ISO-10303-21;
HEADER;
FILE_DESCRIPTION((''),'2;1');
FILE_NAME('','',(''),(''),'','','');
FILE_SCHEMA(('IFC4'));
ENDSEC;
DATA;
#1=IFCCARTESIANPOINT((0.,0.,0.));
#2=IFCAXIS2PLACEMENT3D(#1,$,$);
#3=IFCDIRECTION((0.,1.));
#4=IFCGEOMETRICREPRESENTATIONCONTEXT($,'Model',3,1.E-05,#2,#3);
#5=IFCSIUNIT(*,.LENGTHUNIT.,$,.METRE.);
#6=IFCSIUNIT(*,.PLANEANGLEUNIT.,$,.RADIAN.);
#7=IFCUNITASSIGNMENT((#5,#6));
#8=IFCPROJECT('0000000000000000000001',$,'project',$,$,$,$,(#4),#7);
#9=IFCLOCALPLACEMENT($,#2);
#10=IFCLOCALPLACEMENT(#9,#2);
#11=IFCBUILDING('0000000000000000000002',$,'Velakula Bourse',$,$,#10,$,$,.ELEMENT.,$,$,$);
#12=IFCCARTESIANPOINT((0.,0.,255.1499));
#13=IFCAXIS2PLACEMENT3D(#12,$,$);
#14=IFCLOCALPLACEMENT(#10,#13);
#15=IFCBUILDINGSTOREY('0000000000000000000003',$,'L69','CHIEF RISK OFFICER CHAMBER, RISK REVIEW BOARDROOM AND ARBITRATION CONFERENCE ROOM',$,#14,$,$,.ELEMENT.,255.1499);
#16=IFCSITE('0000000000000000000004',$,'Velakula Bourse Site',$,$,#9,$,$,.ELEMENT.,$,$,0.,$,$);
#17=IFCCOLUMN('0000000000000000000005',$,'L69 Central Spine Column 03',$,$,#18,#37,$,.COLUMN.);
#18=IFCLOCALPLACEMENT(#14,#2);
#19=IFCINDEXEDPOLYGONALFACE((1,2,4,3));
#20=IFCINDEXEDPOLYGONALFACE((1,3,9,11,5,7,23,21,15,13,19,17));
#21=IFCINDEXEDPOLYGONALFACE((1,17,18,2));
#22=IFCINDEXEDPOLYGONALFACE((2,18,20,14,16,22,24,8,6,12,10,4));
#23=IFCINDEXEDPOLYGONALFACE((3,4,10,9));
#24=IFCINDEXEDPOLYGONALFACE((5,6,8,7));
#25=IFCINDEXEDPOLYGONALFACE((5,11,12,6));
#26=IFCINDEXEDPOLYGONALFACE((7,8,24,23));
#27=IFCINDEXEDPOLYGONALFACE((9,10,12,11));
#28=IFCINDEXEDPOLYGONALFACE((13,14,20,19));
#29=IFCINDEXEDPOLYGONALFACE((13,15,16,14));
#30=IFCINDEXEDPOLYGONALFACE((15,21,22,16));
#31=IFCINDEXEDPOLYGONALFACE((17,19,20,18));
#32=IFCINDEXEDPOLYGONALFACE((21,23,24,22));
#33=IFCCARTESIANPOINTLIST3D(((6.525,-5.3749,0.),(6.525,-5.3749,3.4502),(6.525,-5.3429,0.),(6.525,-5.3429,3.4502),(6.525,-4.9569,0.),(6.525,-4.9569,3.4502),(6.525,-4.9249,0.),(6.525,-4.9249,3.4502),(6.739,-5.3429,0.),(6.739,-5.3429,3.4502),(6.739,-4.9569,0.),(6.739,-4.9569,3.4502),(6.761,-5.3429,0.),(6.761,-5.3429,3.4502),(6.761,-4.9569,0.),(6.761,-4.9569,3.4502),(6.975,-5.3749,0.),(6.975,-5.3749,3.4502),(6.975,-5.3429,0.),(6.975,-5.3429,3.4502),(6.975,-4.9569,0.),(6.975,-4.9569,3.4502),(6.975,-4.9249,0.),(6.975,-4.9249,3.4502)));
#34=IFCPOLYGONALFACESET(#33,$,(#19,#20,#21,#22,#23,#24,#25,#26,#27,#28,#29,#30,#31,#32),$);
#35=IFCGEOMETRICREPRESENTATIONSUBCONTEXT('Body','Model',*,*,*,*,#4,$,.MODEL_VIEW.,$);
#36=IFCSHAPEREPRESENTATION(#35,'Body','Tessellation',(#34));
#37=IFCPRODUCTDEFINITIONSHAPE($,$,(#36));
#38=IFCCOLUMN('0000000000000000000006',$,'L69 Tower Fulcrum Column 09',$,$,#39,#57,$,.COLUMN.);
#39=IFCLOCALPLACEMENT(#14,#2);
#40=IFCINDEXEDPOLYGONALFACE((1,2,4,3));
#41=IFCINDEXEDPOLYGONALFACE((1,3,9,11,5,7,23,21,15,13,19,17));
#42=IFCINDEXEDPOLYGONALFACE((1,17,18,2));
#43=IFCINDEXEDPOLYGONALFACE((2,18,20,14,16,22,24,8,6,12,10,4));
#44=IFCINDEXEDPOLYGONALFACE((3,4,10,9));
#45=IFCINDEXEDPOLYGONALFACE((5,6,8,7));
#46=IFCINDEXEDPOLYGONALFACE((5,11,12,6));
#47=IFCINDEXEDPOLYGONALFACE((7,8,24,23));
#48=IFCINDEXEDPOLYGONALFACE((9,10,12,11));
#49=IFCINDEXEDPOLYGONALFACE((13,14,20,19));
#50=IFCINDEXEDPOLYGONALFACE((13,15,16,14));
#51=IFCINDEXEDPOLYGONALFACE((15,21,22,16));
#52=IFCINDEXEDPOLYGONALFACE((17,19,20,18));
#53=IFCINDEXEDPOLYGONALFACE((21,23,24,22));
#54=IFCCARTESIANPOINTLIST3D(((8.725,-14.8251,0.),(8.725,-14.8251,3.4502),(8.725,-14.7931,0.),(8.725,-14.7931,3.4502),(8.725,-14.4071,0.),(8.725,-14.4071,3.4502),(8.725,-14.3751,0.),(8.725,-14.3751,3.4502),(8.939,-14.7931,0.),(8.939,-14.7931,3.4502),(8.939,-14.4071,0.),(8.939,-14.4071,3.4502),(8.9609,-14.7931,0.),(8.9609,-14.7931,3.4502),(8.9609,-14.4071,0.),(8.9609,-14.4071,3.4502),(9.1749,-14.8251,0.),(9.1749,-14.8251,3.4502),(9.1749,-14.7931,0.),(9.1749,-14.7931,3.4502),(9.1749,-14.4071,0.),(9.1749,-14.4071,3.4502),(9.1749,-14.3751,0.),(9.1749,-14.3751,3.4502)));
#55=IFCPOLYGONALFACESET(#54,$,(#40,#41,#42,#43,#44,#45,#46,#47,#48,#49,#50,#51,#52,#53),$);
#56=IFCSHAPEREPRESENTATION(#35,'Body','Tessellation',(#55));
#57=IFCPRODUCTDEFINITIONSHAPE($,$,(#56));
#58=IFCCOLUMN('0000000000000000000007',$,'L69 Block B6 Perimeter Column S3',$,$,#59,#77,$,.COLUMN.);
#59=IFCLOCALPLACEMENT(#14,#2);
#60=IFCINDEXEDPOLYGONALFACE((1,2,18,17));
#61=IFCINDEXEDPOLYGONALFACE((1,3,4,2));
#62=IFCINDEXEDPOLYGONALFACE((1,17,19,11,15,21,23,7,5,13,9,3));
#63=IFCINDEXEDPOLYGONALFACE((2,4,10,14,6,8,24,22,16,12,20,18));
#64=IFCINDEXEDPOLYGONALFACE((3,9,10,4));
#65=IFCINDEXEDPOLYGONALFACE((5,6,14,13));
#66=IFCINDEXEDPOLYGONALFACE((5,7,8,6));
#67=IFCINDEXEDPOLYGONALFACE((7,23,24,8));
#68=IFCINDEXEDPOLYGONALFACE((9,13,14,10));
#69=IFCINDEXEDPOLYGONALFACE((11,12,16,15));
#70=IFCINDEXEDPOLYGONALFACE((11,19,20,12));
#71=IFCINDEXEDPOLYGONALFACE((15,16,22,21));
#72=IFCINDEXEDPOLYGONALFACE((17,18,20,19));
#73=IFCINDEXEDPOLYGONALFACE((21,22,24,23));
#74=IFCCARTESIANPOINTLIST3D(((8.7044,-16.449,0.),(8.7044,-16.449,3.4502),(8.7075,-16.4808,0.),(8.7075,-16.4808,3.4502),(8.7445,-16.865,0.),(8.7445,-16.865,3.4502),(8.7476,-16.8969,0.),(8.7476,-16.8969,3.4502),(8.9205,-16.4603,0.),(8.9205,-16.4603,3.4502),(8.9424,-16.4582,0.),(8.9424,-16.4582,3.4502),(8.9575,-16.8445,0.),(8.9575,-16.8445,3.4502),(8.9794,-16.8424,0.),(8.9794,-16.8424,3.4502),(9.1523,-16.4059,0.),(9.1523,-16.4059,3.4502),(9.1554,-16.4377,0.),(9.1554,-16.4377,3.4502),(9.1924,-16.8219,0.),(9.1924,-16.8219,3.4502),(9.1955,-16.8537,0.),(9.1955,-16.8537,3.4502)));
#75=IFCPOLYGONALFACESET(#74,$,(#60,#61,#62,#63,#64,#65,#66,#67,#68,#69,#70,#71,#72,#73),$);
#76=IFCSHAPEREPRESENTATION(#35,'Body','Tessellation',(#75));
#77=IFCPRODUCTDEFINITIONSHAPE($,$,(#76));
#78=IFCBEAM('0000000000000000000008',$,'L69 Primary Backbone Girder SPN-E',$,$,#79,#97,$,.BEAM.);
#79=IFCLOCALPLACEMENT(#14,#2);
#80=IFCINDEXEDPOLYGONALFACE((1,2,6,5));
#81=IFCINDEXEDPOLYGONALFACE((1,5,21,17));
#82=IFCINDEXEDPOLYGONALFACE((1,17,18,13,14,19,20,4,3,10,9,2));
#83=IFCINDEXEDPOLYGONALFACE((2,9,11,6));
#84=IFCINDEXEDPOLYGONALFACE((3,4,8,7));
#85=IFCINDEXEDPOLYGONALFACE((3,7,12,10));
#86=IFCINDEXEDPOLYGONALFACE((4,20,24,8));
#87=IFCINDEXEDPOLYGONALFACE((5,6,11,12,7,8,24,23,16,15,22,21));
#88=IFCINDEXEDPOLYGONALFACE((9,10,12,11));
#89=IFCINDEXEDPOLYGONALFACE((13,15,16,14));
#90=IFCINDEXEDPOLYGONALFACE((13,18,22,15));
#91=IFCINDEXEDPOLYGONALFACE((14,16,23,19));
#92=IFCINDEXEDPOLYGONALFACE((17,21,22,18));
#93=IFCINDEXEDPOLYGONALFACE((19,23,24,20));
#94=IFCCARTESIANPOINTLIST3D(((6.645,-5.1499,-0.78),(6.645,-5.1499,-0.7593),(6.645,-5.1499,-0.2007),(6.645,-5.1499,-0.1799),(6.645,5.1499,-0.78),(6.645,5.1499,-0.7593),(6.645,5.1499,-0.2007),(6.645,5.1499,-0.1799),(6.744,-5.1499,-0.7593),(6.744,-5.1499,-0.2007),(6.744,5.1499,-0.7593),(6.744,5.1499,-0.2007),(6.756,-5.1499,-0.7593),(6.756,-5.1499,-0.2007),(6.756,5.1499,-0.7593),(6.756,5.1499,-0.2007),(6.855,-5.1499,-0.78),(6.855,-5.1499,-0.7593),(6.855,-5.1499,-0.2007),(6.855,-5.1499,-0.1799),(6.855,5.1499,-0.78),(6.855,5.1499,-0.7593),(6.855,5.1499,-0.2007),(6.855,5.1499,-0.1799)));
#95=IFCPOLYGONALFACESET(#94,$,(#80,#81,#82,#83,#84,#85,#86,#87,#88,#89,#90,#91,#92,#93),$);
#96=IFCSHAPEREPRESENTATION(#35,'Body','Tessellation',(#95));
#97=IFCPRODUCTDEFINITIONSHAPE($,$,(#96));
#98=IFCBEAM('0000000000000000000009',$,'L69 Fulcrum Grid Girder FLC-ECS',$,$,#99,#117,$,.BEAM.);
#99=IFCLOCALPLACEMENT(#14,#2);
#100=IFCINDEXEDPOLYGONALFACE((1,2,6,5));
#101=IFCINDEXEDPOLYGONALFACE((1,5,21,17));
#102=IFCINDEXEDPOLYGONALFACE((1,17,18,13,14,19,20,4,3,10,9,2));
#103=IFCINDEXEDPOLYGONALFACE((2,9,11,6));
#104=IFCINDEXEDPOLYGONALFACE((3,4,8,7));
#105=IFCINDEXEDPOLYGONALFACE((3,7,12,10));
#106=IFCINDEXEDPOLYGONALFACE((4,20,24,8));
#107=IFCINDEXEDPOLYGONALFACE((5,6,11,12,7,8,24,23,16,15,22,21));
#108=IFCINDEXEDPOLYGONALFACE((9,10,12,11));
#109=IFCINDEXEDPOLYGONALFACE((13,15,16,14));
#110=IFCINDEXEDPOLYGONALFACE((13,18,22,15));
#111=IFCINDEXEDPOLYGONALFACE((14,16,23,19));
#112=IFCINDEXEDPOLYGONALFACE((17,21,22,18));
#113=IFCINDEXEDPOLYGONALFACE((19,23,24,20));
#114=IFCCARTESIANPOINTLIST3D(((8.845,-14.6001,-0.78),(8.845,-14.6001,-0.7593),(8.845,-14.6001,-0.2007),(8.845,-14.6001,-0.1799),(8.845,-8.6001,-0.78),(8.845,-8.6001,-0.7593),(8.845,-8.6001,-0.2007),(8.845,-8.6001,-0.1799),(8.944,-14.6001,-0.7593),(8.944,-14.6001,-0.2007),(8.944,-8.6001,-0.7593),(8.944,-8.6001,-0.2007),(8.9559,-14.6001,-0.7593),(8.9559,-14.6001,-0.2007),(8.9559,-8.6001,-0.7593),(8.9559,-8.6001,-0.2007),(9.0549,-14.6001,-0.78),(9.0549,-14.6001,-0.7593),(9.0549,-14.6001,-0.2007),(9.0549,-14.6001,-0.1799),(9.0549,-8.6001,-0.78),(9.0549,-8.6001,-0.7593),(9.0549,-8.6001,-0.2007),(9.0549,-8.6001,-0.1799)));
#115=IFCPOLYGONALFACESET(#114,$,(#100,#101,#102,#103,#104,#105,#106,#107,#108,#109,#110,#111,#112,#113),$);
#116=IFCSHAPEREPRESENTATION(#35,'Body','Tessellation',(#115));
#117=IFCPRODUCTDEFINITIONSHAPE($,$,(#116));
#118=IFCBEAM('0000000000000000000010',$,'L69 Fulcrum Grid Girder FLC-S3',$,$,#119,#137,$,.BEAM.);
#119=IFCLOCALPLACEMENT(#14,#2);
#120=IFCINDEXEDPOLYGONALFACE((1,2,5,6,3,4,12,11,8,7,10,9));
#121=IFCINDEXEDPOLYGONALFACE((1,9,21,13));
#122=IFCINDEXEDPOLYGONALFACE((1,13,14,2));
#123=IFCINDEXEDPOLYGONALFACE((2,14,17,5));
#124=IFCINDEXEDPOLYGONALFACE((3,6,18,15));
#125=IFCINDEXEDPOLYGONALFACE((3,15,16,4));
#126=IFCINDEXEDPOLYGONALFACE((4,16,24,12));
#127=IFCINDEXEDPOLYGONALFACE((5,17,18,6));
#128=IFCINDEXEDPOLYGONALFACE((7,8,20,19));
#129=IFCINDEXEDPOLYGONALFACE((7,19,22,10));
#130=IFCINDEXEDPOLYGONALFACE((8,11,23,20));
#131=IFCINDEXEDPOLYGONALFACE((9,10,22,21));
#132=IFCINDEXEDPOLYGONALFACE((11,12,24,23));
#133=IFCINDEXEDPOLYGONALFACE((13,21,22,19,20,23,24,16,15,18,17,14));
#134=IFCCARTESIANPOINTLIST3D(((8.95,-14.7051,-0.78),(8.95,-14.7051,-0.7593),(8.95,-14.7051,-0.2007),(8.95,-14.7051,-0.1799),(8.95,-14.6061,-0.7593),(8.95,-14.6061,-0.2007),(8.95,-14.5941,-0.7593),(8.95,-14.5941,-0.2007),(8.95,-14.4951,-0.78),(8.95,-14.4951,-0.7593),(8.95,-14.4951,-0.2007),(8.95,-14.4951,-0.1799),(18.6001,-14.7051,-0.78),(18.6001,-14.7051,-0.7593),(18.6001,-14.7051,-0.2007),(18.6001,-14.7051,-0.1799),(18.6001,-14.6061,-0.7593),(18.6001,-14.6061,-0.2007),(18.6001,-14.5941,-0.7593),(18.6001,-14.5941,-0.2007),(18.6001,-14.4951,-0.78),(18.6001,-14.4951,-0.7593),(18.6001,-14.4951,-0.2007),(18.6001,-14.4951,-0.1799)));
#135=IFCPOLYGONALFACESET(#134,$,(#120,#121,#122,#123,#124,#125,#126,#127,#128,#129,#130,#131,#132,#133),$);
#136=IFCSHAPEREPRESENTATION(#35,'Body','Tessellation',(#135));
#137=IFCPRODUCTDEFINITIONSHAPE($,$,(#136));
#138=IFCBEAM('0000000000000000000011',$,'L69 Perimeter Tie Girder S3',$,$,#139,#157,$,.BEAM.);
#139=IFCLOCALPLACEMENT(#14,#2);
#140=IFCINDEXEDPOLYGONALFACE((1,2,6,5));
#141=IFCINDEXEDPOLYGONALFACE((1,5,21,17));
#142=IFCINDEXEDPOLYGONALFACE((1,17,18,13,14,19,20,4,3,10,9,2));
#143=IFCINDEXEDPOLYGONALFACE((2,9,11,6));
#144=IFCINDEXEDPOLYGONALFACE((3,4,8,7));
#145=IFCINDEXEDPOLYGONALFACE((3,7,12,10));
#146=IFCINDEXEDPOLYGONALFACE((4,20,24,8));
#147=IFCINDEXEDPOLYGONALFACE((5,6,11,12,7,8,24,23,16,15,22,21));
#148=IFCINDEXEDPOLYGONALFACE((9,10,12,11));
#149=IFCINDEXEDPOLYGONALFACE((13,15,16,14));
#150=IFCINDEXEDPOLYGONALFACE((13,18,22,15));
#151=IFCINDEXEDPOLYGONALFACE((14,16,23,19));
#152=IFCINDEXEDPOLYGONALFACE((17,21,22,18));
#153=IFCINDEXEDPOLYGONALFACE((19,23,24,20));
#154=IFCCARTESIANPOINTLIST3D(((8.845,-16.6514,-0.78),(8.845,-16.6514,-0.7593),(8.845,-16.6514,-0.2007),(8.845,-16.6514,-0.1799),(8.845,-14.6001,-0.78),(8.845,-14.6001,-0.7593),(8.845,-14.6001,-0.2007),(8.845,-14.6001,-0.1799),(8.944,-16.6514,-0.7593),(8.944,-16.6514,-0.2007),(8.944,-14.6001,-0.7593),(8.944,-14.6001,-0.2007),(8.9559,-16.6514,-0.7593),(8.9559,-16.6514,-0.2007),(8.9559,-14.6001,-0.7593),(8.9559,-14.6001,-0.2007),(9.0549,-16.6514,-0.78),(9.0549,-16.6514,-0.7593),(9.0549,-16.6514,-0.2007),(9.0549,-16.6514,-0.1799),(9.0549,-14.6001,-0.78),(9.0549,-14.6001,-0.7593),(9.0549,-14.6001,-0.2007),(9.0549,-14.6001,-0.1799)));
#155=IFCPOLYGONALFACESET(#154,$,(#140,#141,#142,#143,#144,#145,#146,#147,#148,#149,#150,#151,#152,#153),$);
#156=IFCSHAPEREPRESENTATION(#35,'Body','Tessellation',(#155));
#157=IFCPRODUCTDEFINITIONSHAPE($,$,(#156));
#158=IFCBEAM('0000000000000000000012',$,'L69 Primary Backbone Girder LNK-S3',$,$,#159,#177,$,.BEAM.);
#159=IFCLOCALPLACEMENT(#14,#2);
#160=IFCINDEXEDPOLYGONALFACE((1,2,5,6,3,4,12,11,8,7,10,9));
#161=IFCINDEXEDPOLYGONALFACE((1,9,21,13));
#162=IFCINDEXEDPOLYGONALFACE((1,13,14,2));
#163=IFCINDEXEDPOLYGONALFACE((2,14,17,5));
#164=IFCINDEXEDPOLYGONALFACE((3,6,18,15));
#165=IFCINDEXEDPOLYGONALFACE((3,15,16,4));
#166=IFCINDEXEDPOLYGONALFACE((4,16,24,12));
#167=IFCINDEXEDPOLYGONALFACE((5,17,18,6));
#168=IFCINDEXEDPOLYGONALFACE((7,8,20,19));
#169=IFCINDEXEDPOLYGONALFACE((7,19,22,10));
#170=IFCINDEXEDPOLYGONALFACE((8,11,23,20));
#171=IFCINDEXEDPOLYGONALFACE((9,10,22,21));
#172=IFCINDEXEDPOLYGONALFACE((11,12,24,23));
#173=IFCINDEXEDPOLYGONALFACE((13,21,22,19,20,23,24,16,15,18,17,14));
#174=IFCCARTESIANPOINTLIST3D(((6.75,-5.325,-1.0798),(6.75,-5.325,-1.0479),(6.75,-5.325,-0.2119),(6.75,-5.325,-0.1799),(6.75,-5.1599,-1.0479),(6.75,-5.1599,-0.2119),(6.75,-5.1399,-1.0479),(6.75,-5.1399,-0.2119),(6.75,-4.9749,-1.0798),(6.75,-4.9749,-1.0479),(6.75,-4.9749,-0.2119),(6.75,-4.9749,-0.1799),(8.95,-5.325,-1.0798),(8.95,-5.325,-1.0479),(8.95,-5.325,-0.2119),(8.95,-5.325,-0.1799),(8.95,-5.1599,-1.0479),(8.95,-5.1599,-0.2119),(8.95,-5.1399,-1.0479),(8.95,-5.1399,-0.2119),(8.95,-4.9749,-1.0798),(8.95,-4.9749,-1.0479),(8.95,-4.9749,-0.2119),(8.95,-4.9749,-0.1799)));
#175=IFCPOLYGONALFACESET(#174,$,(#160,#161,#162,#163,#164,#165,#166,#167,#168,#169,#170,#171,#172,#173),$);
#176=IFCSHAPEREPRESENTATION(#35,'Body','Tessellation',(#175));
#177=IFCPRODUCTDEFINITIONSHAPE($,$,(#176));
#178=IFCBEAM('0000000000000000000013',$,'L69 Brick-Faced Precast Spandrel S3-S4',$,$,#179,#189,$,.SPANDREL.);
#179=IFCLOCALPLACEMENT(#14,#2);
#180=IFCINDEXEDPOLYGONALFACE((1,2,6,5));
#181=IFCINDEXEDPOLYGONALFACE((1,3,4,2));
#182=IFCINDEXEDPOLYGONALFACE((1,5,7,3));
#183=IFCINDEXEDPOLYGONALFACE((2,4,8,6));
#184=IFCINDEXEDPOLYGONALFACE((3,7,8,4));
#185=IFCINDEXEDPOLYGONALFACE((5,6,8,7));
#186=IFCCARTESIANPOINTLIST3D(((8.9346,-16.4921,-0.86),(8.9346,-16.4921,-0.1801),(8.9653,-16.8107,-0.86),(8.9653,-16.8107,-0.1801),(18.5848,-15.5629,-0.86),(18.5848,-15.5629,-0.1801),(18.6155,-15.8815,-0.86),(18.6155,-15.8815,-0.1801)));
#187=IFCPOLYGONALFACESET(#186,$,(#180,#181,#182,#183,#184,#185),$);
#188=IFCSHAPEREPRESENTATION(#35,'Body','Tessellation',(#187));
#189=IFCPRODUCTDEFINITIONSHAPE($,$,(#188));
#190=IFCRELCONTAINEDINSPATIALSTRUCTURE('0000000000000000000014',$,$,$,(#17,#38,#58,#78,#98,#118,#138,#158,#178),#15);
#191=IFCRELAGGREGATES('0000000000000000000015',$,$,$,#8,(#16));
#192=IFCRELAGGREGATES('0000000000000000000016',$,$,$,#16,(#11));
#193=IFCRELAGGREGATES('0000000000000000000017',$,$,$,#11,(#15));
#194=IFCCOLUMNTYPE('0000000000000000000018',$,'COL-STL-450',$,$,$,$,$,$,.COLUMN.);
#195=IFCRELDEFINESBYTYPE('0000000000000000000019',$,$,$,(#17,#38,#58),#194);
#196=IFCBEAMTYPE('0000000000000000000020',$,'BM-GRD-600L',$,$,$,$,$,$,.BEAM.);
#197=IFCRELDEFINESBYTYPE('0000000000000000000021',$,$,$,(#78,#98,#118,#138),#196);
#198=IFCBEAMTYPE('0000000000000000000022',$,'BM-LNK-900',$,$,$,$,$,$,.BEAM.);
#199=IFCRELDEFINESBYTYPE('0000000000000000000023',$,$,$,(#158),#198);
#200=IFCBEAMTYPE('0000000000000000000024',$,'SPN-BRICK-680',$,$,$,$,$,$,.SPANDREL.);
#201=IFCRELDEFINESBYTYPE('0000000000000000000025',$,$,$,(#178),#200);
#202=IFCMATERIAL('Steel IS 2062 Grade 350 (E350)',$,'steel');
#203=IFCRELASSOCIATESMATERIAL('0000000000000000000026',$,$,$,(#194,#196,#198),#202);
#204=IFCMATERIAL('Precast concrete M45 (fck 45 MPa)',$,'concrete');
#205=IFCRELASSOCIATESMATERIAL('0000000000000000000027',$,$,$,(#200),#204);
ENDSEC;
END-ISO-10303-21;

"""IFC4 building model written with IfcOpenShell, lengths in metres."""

from ifc_helpers import new_model, si_unit, direction, frame, origin, origin_2d, place, context, subcontext, project, spatial, rectangle, i_section, extrude, material, material_profile, profile_set, type_object, element, save


model = new_model("IFC4")

# Units and contexts
model_context = context("Model", 3, precision=1e-05, world=origin(), true_north=direction((0.0, 1.0)))
body_context = subcontext(model_context, "Body", "Model", "MODEL_VIEW")
ifc_project = project(units=[si_unit("LENGTHUNIT", "METRE"), si_unit("PLANEANGLEUNIT", "RADIAN")], contexts=[model_context])

# Site, building, storey
site_placement = place(None, origin())
site = spatial("IfcSite", under=ifc_project, at=site_placement, Name="Velakula Bourse Site", CompositionType="ELEMENT", RefElevation=0.0)
building_placement = place(site_placement, origin())
building = spatial("IfcBuilding", under=site, at=building_placement, Name="Velakula Bourse", CompositionType="ELEMENT")
storey_placement = place(building_placement, frame((0.0, 0.0, 255.1499)))
storey = spatial("IfcBuildingStorey", under=building, at=storey_placement, Name="L69", Description="CHIEF RISK OFFICER CHAMBER, RISK REVIEW BOARDROOM AND ARBITRATION CONFERENCE ROOM", CompositionType="ELEMENT", Elevation=255.1499)

# Columns
ifc_material_1 = material(Name="Steel IS 2062 Grade 350 (E350)", Category="steel")
ifc_material_profile_1 = material_profile(ifc_material_1, i_section(OverallWidth=0.45, OverallDepth=0.45, WebThickness=0.022, FlangeThickness=0.032, at=origin_2d()), Name="Steel IS 2062 Grade 350 (E350)")
ifc_profile_set_1 = profile_set([ifc_material_profile_1], Name="Steel IS 2062 Grade 350 (E350)")
column_type = type_object("IfcColumnType", Name="COL-STL-450", PredefinedType="COLUMN", material=ifc_profile_set_1)
for number, where, z_axis, x_axis, name in (
    (1, (6.75, -5.1499, 0.0), (0.0, 0.0, 1.0), (1.0, 0.0, 0.0), "L69 Central Spine Column 03"),
    (2, (8.95, -14.6001, 0.0), (0.0, 0.0, 1.0), (1.0, 0.0, 0.0), "L69 Tower Fulcrum Column 09"),
    (3, (8.95, -16.6514, 0.0), (0.0, 0.0, 1.0), (0.995396, 0.095846, 0.0), "L69 Block B6 Perimeter Column S3"),
):
    element("IfcColumn", number, at=place(storey_placement, frame(where, z_axis=z_axis, x_axis=x_axis)), inside=storey, type_object=column_type, Name=name, PredefinedType="COLUMN", context=body_context, shape_type="SweptSolid", body=[
        extrude(i_section(OverallWidth=0.45, OverallDepth=0.45, WebThickness=0.022, FlangeThickness=0.032, at=origin_2d()), origin(), (0.0, 0.0, 1.0), 3.4502),
    ])

# Beams
ifc_material_profile_2 = material_profile(ifc_material_1, i_section(OverallWidth=0.21, OverallDepth=0.6001, WebThickness=0.012, FlangeThickness=0.0208, at=origin_2d()), Name="Steel IS 2062 Grade 350 (E350)")
ifc_profile_set_2 = profile_set([ifc_material_profile_2], Name="Steel IS 2062 Grade 350 (E350)")
beam_type_1 = type_object("IfcBeamType", Name="BM-GRD-600L", PredefinedType="BEAM", material=ifc_profile_set_2)
beam_1_placement = place(storey_placement, frame((6.75, -5.1499, -0.48), z_axis=(0.0, 1.0, 0.0), x_axis=(-1.0, 0.0, 0.0)))
element("IfcBeam", 4, at=beam_1_placement, inside=storey, type_object=beam_type_1, Name="L69 Primary Backbone Girder SPN-E", PredefinedType="BEAM", context=body_context, shape_type="SweptSolid", body=[
    extrude(i_section(OverallWidth=0.21, OverallDepth=0.6001, WebThickness=0.012, FlangeThickness=0.0208, at=origin_2d()), origin(), (0.0, 0.0, 1.0), 10.2998),
])
beam_2_placement = place(storey_placement, frame((8.95, -14.6001, -0.48), z_axis=(0.0, 1.0, 0.0), x_axis=(-1.0, 0.0, 0.0)))
element("IfcBeam", 5, at=beam_2_placement, inside=storey, type_object=beam_type_1, Name="L69 Fulcrum Grid Girder FLC-ECS", PredefinedType="BEAM", context=body_context, shape_type="SweptSolid", body=[
    extrude(i_section(OverallWidth=0.21, OverallDepth=0.6001, WebThickness=0.012, FlangeThickness=0.0208, at=origin_2d()), origin(), (0.0, 0.0, 1.0), 6.0),
])
beam_3_placement = place(storey_placement, frame((8.95, -14.6001, -0.48), z_axis=(1.0, 0.0, 0.0), x_axis=(0.0, 1.0, 0.0)))
element("IfcBeam", 6, at=beam_3_placement, inside=storey, type_object=beam_type_1, Name="L69 Fulcrum Grid Girder FLC-S3", PredefinedType="BEAM", context=body_context, shape_type="SweptSolid", body=[
    extrude(i_section(OverallWidth=0.21, OverallDepth=0.6001, WebThickness=0.012, FlangeThickness=0.0208, at=origin_2d()), origin(), (0.0, 0.0, 1.0), 9.6501),
])
beam_4_placement = place(storey_placement, frame((8.95, -14.6001, -0.48), z_axis=(0.0, -1.0, 0.0), x_axis=(1.0, 0.0, 0.0)))
element("IfcBeam", 7, at=beam_4_placement, inside=storey, type_object=beam_type_1, Name="L69 Perimeter Tie Girder S3", PredefinedType="BEAM", context=body_context, shape_type="SweptSolid", body=[
    extrude(i_section(OverallWidth=0.21, OverallDepth=0.6001, WebThickness=0.012, FlangeThickness=0.0208, at=origin_2d()), origin(), (0.0, 0.0, 1.0), 2.0513),
])
ifc_material_profile_3 = material_profile(ifc_material_1, i_section(OverallWidth=0.3501, OverallDepth=0.8999, WebThickness=0.02, FlangeThickness=0.032, at=origin_2d()), Name="Steel IS 2062 Grade 350 (E350)")
ifc_profile_set_3 = profile_set([ifc_material_profile_3], Name="Steel IS 2062 Grade 350 (E350)")
beam_type_2 = type_object("IfcBeamType", Name="BM-LNK-900", PredefinedType="BEAM", material=ifc_profile_set_3)
beam_5_placement = place(storey_placement, frame((6.75, -5.1499, -0.6299), z_axis=(1.0, 0.0, 0.0), x_axis=(0.0, 1.0, 0.0)))
element("IfcBeam", 8, at=beam_5_placement, inside=storey, type_object=beam_type_2, Name="L69 Primary Backbone Girder LNK-S3", PredefinedType="BEAM", context=body_context, shape_type="SweptSolid", body=[
    extrude(i_section(OverallWidth=0.3501, OverallDepth=0.8999, WebThickness=0.02, FlangeThickness=0.032, at=origin_2d()), origin(), (0.0, 0.0, 1.0), 2.2),
])
ifc_material_2 = material(Name="Precast concrete M45 (fck 45 MPa)", Category="concrete")
ifc_material_profile_4 = material_profile(ifc_material_2, rectangle(XDim=0.3201, YDim=0.6799, at=origin_2d()), Name="Precast concrete M45 (fck 45 MPa)")
ifc_profile_set_4 = profile_set([ifc_material_profile_4], Name="Precast concrete M45 (fck 45 MPa)")
beam_type_3 = type_object("IfcBeamType", Name="SPN-BRICK-680", PredefinedType="SPANDREL", material=ifc_profile_set_4)
beam_6_placement = place(storey_placement, frame((8.95, -16.6514, -0.52), z_axis=(0.995396, 0.095845, 0.0), x_axis=(-0.095845, 0.995396, 0.0)))
element("IfcBeam", 9, at=beam_6_placement, inside=storey, type_object=beam_type_3, Name="L69 Brick-Faced Precast Spandrel S3-S4", PredefinedType="SPANDREL", context=body_context, shape_type="SweptSolid", body=[
    extrude(rectangle(XDim=0.3201, YDim=0.6799, at=origin_2d()), origin(), (0.0, 0.0, 1.0), 9.6948),
])

save(model, "model.ifc")
